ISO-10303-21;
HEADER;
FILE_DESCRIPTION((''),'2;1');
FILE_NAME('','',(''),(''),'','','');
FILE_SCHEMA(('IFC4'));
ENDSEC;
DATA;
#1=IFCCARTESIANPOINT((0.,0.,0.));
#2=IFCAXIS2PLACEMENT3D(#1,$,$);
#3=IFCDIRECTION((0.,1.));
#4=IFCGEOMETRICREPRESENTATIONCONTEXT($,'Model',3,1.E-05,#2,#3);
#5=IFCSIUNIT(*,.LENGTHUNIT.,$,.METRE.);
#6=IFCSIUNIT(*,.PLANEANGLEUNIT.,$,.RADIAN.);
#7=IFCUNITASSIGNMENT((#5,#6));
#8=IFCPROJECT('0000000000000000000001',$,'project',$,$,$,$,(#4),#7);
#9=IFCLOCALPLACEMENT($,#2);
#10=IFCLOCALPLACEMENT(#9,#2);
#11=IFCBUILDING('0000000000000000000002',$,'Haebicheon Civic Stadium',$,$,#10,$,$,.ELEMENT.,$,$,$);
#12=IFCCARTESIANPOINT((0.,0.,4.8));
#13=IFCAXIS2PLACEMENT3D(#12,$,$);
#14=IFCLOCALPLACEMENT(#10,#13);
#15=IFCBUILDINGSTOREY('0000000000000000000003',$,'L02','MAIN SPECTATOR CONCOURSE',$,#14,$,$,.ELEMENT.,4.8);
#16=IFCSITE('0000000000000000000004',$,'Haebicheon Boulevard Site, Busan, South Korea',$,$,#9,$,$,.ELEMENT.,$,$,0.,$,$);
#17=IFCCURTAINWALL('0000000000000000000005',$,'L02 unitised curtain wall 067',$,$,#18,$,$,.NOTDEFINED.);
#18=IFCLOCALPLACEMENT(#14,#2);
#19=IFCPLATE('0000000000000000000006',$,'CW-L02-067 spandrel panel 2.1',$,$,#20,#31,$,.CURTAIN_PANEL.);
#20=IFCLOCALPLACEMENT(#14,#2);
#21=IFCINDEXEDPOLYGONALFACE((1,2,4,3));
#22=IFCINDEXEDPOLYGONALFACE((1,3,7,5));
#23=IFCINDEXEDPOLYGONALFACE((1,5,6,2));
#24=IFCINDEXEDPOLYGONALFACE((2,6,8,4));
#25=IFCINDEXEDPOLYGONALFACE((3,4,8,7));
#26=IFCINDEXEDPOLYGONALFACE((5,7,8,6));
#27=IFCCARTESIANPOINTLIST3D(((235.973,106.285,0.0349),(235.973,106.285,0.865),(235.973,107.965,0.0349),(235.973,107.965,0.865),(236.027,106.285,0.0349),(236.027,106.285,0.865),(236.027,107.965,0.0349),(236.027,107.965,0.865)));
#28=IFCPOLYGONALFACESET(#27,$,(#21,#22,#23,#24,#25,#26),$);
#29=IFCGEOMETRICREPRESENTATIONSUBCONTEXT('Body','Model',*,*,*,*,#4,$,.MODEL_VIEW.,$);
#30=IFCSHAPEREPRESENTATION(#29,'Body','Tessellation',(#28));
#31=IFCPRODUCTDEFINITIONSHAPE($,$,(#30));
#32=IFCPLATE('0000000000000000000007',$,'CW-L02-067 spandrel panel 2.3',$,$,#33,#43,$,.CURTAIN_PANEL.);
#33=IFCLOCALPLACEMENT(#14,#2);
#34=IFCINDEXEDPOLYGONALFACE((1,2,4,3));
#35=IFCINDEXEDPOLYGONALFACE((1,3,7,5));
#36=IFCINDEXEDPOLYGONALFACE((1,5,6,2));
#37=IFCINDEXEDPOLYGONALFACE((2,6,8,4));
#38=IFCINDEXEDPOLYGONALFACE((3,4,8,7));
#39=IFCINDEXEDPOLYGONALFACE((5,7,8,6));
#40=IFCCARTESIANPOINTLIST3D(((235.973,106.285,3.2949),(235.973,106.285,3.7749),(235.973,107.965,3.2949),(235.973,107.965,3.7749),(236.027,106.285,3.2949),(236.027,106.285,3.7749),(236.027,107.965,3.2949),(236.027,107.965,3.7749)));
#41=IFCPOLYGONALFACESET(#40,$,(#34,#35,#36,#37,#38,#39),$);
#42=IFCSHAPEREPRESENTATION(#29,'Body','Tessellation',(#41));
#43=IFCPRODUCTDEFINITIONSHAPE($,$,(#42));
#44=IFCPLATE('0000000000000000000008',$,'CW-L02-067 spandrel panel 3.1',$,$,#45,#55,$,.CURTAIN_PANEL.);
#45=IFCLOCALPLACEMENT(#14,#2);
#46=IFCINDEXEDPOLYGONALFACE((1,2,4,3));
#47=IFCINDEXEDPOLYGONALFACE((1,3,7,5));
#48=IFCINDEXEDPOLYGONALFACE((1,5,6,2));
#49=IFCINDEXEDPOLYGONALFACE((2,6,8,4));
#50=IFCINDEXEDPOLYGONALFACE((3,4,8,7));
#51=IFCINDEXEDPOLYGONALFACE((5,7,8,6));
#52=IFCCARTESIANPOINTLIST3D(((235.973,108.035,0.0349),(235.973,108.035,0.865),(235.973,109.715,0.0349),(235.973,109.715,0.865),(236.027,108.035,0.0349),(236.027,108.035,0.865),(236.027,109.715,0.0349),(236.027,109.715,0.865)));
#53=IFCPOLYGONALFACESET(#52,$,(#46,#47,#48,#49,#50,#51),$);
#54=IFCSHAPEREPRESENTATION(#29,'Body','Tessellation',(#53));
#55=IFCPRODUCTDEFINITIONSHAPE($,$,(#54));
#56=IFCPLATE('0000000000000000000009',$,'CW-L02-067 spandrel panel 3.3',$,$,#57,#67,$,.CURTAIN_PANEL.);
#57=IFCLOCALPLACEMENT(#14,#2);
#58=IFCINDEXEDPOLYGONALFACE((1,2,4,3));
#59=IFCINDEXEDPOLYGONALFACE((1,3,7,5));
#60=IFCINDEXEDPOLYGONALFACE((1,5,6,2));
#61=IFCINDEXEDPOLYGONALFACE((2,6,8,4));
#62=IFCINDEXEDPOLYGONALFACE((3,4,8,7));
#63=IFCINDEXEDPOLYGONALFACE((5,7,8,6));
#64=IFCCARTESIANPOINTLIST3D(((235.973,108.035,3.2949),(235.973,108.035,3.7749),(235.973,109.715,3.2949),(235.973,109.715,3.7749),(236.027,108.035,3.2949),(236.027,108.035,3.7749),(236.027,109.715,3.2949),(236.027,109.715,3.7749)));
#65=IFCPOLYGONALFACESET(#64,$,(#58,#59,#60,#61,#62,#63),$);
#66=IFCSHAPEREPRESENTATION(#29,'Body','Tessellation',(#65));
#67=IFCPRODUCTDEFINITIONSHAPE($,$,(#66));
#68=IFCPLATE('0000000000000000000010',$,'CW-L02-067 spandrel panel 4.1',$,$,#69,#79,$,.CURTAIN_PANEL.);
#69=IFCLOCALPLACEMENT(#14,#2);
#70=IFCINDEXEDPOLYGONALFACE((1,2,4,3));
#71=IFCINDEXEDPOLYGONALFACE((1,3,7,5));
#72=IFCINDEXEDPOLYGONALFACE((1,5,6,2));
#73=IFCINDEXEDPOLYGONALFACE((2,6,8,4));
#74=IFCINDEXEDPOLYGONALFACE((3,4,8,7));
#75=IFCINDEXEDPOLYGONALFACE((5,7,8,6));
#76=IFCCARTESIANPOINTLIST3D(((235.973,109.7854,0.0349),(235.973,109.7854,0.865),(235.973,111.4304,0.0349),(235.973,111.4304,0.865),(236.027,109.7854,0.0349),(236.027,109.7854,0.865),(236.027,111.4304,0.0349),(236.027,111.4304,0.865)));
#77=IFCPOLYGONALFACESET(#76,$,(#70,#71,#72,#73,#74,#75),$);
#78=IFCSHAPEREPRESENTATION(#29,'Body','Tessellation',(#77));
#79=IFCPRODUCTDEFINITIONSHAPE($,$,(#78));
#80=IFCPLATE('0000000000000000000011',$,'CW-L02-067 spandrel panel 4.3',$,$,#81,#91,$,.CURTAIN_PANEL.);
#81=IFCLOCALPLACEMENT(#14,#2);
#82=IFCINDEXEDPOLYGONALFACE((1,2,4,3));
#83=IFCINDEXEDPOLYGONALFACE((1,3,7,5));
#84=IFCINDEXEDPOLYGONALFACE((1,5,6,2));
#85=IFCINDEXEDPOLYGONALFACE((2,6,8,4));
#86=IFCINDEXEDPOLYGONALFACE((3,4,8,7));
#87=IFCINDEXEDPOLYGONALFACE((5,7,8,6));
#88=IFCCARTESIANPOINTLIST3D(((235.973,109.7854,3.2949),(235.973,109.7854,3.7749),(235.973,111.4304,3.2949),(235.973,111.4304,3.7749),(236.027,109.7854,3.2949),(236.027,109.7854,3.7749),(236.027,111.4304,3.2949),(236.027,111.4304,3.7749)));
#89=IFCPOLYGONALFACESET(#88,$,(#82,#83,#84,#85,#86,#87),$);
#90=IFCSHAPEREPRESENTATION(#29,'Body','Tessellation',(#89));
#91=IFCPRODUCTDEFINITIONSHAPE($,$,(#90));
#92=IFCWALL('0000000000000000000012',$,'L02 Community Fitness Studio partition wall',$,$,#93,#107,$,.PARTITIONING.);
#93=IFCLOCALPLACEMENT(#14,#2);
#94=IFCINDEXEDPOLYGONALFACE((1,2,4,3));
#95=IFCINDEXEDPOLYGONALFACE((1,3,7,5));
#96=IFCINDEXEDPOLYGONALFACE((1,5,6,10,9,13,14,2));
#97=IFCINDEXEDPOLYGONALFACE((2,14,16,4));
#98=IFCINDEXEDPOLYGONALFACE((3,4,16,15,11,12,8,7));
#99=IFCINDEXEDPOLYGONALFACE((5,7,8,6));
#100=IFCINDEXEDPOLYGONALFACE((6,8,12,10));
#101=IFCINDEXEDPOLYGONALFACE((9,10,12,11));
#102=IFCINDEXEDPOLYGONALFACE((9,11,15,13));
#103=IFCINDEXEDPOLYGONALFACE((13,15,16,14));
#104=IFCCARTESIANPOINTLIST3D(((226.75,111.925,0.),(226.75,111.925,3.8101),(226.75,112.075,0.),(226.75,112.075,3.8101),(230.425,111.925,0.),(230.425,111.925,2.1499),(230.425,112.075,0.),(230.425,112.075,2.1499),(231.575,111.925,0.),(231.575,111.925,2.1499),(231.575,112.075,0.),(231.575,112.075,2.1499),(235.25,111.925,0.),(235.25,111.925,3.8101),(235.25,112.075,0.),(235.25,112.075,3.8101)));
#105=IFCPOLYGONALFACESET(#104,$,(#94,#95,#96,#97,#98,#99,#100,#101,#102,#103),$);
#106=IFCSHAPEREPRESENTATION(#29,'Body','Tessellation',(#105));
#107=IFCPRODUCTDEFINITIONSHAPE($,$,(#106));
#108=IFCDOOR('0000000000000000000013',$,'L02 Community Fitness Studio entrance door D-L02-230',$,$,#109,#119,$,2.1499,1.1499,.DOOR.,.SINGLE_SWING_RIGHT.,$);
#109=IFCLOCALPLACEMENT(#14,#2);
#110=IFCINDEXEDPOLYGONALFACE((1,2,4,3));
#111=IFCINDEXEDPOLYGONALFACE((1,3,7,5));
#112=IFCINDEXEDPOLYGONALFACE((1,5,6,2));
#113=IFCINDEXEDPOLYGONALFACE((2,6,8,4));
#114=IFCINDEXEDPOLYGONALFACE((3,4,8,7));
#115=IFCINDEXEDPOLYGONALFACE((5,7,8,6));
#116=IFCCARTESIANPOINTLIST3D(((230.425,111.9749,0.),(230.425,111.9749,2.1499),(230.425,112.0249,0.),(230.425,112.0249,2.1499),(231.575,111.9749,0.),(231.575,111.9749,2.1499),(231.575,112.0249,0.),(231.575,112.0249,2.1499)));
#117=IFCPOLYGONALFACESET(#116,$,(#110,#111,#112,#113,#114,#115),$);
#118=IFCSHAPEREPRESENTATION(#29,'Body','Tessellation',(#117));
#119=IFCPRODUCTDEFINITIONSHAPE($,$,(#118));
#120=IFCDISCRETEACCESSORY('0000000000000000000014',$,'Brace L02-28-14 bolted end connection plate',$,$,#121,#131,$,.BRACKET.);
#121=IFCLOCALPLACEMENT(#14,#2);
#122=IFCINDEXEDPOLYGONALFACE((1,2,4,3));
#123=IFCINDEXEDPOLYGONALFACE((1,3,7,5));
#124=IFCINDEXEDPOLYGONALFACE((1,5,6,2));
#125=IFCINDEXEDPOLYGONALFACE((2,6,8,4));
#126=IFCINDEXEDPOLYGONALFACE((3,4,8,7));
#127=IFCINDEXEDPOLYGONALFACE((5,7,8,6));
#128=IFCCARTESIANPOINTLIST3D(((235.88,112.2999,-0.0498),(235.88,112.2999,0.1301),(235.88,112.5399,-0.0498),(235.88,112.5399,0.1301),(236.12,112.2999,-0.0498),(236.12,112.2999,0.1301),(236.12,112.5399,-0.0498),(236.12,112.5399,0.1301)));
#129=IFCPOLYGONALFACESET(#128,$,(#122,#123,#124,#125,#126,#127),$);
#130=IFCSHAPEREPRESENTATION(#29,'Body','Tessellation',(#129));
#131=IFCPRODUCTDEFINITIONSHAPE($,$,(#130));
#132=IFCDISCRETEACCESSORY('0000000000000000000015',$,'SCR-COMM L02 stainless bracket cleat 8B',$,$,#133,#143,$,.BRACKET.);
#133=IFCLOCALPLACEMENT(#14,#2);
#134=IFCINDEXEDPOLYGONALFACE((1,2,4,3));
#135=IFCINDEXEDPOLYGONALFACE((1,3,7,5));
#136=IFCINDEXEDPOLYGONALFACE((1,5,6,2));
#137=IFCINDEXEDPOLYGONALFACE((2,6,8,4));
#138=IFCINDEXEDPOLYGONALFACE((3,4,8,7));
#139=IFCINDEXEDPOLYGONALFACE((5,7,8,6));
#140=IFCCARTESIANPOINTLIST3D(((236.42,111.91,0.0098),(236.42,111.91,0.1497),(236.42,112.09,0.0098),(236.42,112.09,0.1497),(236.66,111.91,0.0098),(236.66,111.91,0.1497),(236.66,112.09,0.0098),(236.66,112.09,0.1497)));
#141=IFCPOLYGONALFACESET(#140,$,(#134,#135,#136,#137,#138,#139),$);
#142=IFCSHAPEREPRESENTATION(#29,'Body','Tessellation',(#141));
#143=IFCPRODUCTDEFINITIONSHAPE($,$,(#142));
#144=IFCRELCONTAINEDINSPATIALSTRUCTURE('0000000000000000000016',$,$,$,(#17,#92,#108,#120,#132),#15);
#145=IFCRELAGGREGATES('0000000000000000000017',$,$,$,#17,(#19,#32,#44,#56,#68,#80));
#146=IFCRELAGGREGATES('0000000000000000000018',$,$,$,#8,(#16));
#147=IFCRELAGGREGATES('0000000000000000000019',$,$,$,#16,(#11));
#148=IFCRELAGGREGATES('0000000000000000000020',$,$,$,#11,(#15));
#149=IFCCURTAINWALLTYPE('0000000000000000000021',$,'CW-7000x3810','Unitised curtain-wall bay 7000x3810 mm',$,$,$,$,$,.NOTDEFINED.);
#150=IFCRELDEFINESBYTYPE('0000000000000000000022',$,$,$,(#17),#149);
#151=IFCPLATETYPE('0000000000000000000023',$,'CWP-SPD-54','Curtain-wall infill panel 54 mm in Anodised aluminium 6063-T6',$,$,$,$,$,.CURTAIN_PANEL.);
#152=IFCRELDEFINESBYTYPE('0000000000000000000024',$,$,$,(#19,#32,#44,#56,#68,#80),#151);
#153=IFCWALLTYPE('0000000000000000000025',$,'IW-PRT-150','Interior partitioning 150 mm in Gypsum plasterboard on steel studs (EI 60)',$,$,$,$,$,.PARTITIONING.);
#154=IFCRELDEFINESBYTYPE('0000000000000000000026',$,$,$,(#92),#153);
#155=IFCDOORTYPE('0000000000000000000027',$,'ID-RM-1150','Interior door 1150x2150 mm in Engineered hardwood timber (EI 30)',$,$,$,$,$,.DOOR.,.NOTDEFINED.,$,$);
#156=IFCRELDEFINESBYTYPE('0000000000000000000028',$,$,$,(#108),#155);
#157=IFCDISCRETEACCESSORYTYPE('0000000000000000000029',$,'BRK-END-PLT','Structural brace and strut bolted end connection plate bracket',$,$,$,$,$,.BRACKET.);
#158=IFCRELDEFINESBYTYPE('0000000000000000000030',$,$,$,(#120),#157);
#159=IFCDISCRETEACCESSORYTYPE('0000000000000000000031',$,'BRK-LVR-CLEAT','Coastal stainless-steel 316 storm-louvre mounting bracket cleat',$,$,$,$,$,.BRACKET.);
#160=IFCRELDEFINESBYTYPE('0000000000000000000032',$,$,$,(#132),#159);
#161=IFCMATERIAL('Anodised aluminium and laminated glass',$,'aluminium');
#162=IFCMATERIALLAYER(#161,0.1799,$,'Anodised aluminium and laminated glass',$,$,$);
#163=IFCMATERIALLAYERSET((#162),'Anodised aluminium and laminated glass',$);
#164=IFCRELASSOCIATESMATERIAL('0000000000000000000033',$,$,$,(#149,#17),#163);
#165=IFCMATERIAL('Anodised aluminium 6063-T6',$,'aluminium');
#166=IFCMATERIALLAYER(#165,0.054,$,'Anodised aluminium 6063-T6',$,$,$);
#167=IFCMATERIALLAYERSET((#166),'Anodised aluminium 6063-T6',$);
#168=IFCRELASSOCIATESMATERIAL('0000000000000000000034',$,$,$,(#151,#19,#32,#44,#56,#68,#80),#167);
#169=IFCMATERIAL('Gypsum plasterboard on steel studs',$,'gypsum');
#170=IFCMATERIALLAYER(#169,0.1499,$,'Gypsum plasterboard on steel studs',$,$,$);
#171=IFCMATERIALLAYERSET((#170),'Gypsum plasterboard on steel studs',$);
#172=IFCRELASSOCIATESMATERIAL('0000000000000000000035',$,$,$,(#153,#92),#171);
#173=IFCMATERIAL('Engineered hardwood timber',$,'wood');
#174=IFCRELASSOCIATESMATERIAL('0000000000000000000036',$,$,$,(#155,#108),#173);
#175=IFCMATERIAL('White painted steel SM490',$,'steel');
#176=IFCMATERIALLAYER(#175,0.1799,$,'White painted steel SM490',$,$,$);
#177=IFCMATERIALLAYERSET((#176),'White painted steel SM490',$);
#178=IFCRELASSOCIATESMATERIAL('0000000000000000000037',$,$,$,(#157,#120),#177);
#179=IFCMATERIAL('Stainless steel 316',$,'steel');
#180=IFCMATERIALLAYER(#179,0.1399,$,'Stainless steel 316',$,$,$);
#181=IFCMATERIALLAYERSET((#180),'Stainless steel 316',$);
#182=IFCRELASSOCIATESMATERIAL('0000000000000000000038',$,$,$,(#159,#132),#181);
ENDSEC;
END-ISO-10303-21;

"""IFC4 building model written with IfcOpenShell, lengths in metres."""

from ifc_helpers import new_model, si_unit, direction, frame, frame_2d, origin, origin_2d, place, context, subcontext, project, spatial, rectangle, extrude, material, layer, layer_set, type_object, element, fill, aggregate, save


model = new_model("IFC4")

# Units and contexts
model_context = context("Model", 3, precision=1e-05, world=origin(), true_north=direction((0.0, 1.0)))
body_context = subcontext(model_context, "Body", "Model", "MODEL_VIEW")
ifc_project = project(units=[si_unit("LENGTHUNIT", "METRE"), si_unit("PLANEANGLEUNIT", "RADIAN")], contexts=[model_context])

# Site, building, storey
site_placement = place(None, origin())
site = spatial("IfcSite", under=ifc_project, at=site_placement, Name="Haebicheon Boulevard Site, Busan, South Korea", CompositionType="ELEMENT", RefElevation=0.0)
building_placement = place(site_placement, origin())
building = spatial("IfcBuilding", under=site, at=building_placement, Name="Haebicheon Civic Stadium", CompositionType="ELEMENT")
storey_placement = place(building_placement, frame((0.0, 0.0, 4.8)))
storey = spatial("IfcBuildingStorey", under=building, at=storey_placement, Name="L02", Description="MAIN SPECTATOR CONCOURSE", CompositionType="ELEMENT", Elevation=4.8)

# Curtain wall
ifc_material_1 = material(Name="Anodised aluminium and laminated glass", Category="aluminium")
ifc_layer_1 = layer(ifc_material_1, 0.1799, Name="Anodised aluminium and laminated glass")
ifc_layer_set_1 = layer_set([ifc_layer_1], Name="Anodised aluminium and laminated glass")
curtain_wall_type = type_object("IfcCurtainWallType", Name="CW-7000x3810", Description="Unitised curtain-wall bay 7000x3810 mm", PredefinedType="NOTDEFINED", material=ifc_layer_set_1)
curtain_wall_placement = place(storey_placement, origin())
curtain_wall = element("IfcCurtainWall", 1, at=curtain_wall_placement, inside=storey, type_object=curtain_wall_type, material=ifc_layer_set_1, Name="L02 unitised curtain wall 067", PredefinedType="NOTDEFINED")

# Plates
ifc_material_2 = material(Name="Anodised aluminium 6063-T6", Category="aluminium")
ifc_layer_2 = layer(ifc_material_2, 0.054, Name="Anodised aluminium 6063-T6")
ifc_layer_set_2 = layer_set([ifc_layer_2], Name="Anodised aluminium 6063-T6")
plate_type_1 = type_object("IfcPlateType", Name="CWP-SPD-54", Description="Curtain-wall infill panel 54 mm in Anodised aluminium 6063-T6", PredefinedType="CURTAIN_PANEL", material=ifc_layer_set_2)
plate_1_placement = place(storey_placement, frame((236.0, 107.125, 0.0349), z_axis=(0.0, 0.0, 1.0), x_axis=(0.0, 1.0, 0.0)))
plate_1 = element("IfcPlate", 2, at=plate_1_placement, type_object=plate_type_1, material=ifc_layer_set_2, Name="CW-L02-067 spandrel panel 2.1", PredefinedType="CURTAIN_PANEL", context=body_context, shape_type="SweptSolid", body=[
    extrude(rectangle(XDim=1.6799, YDim=0.054, at=origin_2d()), origin(), (0.0, 0.0, 1.0), 0.8301),
])
plate_2_placement = place(storey_placement, frame((236.0, 107.125, 3.2949), z_axis=(0.0, 0.0, 1.0), x_axis=(0.0, 1.0, 0.0)))
plate_2 = element("IfcPlate", 3, at=plate_2_placement, type_object=plate_type_1, material=ifc_layer_set_2, Name="CW-L02-067 spandrel panel 2.3", PredefinedType="CURTAIN_PANEL", context=body_context, shape_type="SweptSolid", body=[
    extrude(rectangle(XDim=1.6799, YDim=0.054, at=origin_2d()), origin(), (0.0, 0.0, 1.0), 0.48),
])
plate_3_placement = place(storey_placement, frame((236.0, 108.875, 0.0349), z_axis=(0.0, 0.0, 1.0), x_axis=(0.0, 1.0, 0.0)))
plate_3 = element("IfcPlate", 4, at=plate_3_placement, type_object=plate_type_1, material=ifc_layer_set_2, Name="CW-L02-067 spandrel panel 3.1", PredefinedType="CURTAIN_PANEL", context=body_context, shape_type="SweptSolid", body=[
    extrude(rectangle(XDim=1.6799, YDim=0.054, at=origin_2d()), origin(), (0.0, 0.0, 1.0), 0.8301),
])
plate_4_placement = place(storey_placement, frame((236.0, 108.875, 3.2949), z_axis=(0.0, 0.0, 1.0), x_axis=(0.0, 1.0, 0.0)))
plate_4 = element("IfcPlate", 5, at=plate_4_placement, type_object=plate_type_1, material=ifc_layer_set_2, Name="CW-L02-067 spandrel panel 3.3", PredefinedType="CURTAIN_PANEL", context=body_context, shape_type="SweptSolid", body=[
    extrude(rectangle(XDim=1.6799, YDim=0.054, at=origin_2d()), origin(), (0.0, 0.0, 1.0), 0.48),
])
plate_5_placement = place(storey_placement, frame((236.0, 110.6079, 0.0349), z_axis=(0.0, 0.0, 1.0), x_axis=(0.0, 1.0, 0.0)))
plate_5 = element("IfcPlate", 6, at=plate_5_placement, type_object=plate_type_1, material=ifc_layer_set_2, Name="CW-L02-067 spandrel panel 4.1", PredefinedType="CURTAIN_PANEL", context=body_context, shape_type="SweptSolid", body=[
    extrude(rectangle(XDim=1.645, YDim=0.054, at=origin_2d()), origin(), (0.0, 0.0, 1.0), 0.8301),
])
plate_6_placement = place(storey_placement, frame((236.0, 110.6079, 3.2949), z_axis=(0.0, 0.0, 1.0), x_axis=(0.0, 1.0, 0.0)))
plate_6 = element("IfcPlate", 7, at=plate_6_placement, type_object=plate_type_1, material=ifc_layer_set_2, Name="CW-L02-067 spandrel panel 4.3", PredefinedType="CURTAIN_PANEL", context=body_context, shape_type="SweptSolid", body=[
    extrude(rectangle(XDim=1.645, YDim=0.054, at=origin_2d()), origin(), (0.0, 0.0, 1.0), 0.48),
])
aggregate(curtain_wall, [plate_1, plate_2, plate_3, plate_4, plate_5, plate_6])

# Wall, opening, door
ifc_material_3 = material(Name="Gypsum plasterboard on steel studs", Category="gypsum")
ifc_layer_3 = layer(ifc_material_3, 0.1499, Name="Gypsum plasterboard on steel studs")
ifc_layer_set_3 = layer_set([ifc_layer_3], Name="Gypsum plasterboard on steel studs")
wall_type = type_object("IfcWallType", Name="IW-PRT-150", Description="Interior partitioning 150 mm in Gypsum plasterboard on steel studs (EI 60)", PredefinedType="PARTITIONING", material=ifc_layer_set_3)
wall_placement = place(storey_placement, frame((226.75, 112.0, 0.0), z_axis=(0.0, 0.0, 1.0), x_axis=(1.0, 0.0, 0.0)))
wall = element("IfcWall", 8, at=wall_placement, inside=storey, type_object=wall_type, material=ifc_layer_set_3, Name="L02 Community Fitness Studio partition wall", PredefinedType="PARTITIONING", context=body_context, shape_type="SweptSolid", body=[
    extrude(rectangle(XDim=8.5, YDim=0.1499, at=frame_2d((4.25, 0.0))), origin(), (0.0, 0.0, 1.0), 3.8101),
])
opening_placement = place(wall_placement, frame((3.675, 0.0, 0.0)))
opening = element("IfcOpeningElement", 9, at=opening_placement, cuts=wall, PredefinedType="OPENING", context=body_context, shape_type="SweptSolid", body=[
    extrude(rectangle(XDim=1.1499, YDim=2.1499, at=frame_2d((0.575, 1.075))), frame((0.0, 0.085, 0.0), z_axis=(0.0, -1.0, 0.0), x_axis=(1.0, 0.0, 0.0)), (0.0, 0.0, 1.0), 0.1699),
])
ifc_material_4 = material(Name="Engineered hardwood timber", Category="wood")
door_type = type_object("IfcDoorType", Name="ID-RM-1150", Description="Interior door 1150x2150 mm in Engineered hardwood timber (EI 30)", OperationType="NOTDEFINED", PredefinedType="DOOR", material=ifc_material_4)
door_placement = place(opening_placement, origin())
door = element("IfcDoor", 10, at=door_placement, inside=storey, type_object=door_type, material=ifc_material_4, Name="L02 Community Fitness Studio entrance door D-L02-230", OperationType="SINGLE_SWING_RIGHT", OverallHeight=2.1499, OverallWidth=1.1499, PredefinedType="DOOR", context=body_context, shape_type="SweptSolid", body=[
    extrude(rectangle(XDim=1.1499, YDim=2.1499, at=frame_2d((0.575, 1.075))), frame((0.0, 0.0249, 0.0), z_axis=(0.0, -1.0, 0.0), x_axis=(1.0, 0.0, 0.0)), (0.0, 0.0, 1.0), 0.05),
])
fill(opening, door)

# Discrete accessories
ifc_material_5 = material(Name="White painted steel SM490", Category="steel")
ifc_layer_4 = layer(ifc_material_5, 0.1799, Name="White painted steel SM490")
ifc_layer_set_4 = layer_set([ifc_layer_4], Name="White painted steel SM490")
discrete_accessory_type_1 = type_object("IfcDiscreteAccessoryType", Name="BRK-END-PLT", Description="Structural brace and strut bolted end connection plate bracket", PredefinedType="BRACKET", material=ifc_layer_set_4)
discrete_accessory_1_placement = place(storey_placement, frame((236.0, 112.4199, -0.0498), z_axis=(0.0, 0.0, 1.0), x_axis=(1.0, 0.0, 0.0)))
element("IfcDiscreteAccessory", 11, at=discrete_accessory_1_placement, inside=storey, type_object=discrete_accessory_type_1, material=ifc_layer_set_4, Name="Brace L02-28-14 bolted end connection plate", PredefinedType="BRACKET", context=body_context, shape_type="SweptSolid", body=[
    extrude(rectangle(XDim=0.24, YDim=0.24, at=origin_2d()), origin(), (0.0, 0.0, 1.0), 0.1799),
])
ifc_material_6 = material(Name="Stainless steel 316", Category="steel")
ifc_layer_5 = layer(ifc_material_6, 0.1399, Name="Stainless steel 316")
ifc_layer_set_5 = layer_set([ifc_layer_5], Name="Stainless steel 316")
discrete_accessory_type_2 = type_object("IfcDiscreteAccessoryType", Name="BRK-LVR-CLEAT", Description="Coastal stainless-steel 316 storm-louvre mounting bracket cleat", PredefinedType="BRACKET", material=ifc_layer_set_5)
discrete_accessory_2_placement = place(storey_placement, frame((236.54, 112.0, 0.0098), z_axis=(0.0, 0.0, 1.0), x_axis=(1.0, 0.0, 0.0)))
element("IfcDiscreteAccessory", 12, at=discrete_accessory_2_placement, inside=storey, type_object=discrete_accessory_type_2, material=ifc_layer_set_5, Name="SCR-COMM L02 stainless bracket cleat 8B", PredefinedType="BRACKET", context=body_context, shape_type="SweptSolid", body=[
    extrude(rectangle(XDim=0.24, YDim=0.1799, at=origin_2d()), origin(), (0.0, 0.0, 1.0), 0.1399),
])

save(model, "model.ifc")
